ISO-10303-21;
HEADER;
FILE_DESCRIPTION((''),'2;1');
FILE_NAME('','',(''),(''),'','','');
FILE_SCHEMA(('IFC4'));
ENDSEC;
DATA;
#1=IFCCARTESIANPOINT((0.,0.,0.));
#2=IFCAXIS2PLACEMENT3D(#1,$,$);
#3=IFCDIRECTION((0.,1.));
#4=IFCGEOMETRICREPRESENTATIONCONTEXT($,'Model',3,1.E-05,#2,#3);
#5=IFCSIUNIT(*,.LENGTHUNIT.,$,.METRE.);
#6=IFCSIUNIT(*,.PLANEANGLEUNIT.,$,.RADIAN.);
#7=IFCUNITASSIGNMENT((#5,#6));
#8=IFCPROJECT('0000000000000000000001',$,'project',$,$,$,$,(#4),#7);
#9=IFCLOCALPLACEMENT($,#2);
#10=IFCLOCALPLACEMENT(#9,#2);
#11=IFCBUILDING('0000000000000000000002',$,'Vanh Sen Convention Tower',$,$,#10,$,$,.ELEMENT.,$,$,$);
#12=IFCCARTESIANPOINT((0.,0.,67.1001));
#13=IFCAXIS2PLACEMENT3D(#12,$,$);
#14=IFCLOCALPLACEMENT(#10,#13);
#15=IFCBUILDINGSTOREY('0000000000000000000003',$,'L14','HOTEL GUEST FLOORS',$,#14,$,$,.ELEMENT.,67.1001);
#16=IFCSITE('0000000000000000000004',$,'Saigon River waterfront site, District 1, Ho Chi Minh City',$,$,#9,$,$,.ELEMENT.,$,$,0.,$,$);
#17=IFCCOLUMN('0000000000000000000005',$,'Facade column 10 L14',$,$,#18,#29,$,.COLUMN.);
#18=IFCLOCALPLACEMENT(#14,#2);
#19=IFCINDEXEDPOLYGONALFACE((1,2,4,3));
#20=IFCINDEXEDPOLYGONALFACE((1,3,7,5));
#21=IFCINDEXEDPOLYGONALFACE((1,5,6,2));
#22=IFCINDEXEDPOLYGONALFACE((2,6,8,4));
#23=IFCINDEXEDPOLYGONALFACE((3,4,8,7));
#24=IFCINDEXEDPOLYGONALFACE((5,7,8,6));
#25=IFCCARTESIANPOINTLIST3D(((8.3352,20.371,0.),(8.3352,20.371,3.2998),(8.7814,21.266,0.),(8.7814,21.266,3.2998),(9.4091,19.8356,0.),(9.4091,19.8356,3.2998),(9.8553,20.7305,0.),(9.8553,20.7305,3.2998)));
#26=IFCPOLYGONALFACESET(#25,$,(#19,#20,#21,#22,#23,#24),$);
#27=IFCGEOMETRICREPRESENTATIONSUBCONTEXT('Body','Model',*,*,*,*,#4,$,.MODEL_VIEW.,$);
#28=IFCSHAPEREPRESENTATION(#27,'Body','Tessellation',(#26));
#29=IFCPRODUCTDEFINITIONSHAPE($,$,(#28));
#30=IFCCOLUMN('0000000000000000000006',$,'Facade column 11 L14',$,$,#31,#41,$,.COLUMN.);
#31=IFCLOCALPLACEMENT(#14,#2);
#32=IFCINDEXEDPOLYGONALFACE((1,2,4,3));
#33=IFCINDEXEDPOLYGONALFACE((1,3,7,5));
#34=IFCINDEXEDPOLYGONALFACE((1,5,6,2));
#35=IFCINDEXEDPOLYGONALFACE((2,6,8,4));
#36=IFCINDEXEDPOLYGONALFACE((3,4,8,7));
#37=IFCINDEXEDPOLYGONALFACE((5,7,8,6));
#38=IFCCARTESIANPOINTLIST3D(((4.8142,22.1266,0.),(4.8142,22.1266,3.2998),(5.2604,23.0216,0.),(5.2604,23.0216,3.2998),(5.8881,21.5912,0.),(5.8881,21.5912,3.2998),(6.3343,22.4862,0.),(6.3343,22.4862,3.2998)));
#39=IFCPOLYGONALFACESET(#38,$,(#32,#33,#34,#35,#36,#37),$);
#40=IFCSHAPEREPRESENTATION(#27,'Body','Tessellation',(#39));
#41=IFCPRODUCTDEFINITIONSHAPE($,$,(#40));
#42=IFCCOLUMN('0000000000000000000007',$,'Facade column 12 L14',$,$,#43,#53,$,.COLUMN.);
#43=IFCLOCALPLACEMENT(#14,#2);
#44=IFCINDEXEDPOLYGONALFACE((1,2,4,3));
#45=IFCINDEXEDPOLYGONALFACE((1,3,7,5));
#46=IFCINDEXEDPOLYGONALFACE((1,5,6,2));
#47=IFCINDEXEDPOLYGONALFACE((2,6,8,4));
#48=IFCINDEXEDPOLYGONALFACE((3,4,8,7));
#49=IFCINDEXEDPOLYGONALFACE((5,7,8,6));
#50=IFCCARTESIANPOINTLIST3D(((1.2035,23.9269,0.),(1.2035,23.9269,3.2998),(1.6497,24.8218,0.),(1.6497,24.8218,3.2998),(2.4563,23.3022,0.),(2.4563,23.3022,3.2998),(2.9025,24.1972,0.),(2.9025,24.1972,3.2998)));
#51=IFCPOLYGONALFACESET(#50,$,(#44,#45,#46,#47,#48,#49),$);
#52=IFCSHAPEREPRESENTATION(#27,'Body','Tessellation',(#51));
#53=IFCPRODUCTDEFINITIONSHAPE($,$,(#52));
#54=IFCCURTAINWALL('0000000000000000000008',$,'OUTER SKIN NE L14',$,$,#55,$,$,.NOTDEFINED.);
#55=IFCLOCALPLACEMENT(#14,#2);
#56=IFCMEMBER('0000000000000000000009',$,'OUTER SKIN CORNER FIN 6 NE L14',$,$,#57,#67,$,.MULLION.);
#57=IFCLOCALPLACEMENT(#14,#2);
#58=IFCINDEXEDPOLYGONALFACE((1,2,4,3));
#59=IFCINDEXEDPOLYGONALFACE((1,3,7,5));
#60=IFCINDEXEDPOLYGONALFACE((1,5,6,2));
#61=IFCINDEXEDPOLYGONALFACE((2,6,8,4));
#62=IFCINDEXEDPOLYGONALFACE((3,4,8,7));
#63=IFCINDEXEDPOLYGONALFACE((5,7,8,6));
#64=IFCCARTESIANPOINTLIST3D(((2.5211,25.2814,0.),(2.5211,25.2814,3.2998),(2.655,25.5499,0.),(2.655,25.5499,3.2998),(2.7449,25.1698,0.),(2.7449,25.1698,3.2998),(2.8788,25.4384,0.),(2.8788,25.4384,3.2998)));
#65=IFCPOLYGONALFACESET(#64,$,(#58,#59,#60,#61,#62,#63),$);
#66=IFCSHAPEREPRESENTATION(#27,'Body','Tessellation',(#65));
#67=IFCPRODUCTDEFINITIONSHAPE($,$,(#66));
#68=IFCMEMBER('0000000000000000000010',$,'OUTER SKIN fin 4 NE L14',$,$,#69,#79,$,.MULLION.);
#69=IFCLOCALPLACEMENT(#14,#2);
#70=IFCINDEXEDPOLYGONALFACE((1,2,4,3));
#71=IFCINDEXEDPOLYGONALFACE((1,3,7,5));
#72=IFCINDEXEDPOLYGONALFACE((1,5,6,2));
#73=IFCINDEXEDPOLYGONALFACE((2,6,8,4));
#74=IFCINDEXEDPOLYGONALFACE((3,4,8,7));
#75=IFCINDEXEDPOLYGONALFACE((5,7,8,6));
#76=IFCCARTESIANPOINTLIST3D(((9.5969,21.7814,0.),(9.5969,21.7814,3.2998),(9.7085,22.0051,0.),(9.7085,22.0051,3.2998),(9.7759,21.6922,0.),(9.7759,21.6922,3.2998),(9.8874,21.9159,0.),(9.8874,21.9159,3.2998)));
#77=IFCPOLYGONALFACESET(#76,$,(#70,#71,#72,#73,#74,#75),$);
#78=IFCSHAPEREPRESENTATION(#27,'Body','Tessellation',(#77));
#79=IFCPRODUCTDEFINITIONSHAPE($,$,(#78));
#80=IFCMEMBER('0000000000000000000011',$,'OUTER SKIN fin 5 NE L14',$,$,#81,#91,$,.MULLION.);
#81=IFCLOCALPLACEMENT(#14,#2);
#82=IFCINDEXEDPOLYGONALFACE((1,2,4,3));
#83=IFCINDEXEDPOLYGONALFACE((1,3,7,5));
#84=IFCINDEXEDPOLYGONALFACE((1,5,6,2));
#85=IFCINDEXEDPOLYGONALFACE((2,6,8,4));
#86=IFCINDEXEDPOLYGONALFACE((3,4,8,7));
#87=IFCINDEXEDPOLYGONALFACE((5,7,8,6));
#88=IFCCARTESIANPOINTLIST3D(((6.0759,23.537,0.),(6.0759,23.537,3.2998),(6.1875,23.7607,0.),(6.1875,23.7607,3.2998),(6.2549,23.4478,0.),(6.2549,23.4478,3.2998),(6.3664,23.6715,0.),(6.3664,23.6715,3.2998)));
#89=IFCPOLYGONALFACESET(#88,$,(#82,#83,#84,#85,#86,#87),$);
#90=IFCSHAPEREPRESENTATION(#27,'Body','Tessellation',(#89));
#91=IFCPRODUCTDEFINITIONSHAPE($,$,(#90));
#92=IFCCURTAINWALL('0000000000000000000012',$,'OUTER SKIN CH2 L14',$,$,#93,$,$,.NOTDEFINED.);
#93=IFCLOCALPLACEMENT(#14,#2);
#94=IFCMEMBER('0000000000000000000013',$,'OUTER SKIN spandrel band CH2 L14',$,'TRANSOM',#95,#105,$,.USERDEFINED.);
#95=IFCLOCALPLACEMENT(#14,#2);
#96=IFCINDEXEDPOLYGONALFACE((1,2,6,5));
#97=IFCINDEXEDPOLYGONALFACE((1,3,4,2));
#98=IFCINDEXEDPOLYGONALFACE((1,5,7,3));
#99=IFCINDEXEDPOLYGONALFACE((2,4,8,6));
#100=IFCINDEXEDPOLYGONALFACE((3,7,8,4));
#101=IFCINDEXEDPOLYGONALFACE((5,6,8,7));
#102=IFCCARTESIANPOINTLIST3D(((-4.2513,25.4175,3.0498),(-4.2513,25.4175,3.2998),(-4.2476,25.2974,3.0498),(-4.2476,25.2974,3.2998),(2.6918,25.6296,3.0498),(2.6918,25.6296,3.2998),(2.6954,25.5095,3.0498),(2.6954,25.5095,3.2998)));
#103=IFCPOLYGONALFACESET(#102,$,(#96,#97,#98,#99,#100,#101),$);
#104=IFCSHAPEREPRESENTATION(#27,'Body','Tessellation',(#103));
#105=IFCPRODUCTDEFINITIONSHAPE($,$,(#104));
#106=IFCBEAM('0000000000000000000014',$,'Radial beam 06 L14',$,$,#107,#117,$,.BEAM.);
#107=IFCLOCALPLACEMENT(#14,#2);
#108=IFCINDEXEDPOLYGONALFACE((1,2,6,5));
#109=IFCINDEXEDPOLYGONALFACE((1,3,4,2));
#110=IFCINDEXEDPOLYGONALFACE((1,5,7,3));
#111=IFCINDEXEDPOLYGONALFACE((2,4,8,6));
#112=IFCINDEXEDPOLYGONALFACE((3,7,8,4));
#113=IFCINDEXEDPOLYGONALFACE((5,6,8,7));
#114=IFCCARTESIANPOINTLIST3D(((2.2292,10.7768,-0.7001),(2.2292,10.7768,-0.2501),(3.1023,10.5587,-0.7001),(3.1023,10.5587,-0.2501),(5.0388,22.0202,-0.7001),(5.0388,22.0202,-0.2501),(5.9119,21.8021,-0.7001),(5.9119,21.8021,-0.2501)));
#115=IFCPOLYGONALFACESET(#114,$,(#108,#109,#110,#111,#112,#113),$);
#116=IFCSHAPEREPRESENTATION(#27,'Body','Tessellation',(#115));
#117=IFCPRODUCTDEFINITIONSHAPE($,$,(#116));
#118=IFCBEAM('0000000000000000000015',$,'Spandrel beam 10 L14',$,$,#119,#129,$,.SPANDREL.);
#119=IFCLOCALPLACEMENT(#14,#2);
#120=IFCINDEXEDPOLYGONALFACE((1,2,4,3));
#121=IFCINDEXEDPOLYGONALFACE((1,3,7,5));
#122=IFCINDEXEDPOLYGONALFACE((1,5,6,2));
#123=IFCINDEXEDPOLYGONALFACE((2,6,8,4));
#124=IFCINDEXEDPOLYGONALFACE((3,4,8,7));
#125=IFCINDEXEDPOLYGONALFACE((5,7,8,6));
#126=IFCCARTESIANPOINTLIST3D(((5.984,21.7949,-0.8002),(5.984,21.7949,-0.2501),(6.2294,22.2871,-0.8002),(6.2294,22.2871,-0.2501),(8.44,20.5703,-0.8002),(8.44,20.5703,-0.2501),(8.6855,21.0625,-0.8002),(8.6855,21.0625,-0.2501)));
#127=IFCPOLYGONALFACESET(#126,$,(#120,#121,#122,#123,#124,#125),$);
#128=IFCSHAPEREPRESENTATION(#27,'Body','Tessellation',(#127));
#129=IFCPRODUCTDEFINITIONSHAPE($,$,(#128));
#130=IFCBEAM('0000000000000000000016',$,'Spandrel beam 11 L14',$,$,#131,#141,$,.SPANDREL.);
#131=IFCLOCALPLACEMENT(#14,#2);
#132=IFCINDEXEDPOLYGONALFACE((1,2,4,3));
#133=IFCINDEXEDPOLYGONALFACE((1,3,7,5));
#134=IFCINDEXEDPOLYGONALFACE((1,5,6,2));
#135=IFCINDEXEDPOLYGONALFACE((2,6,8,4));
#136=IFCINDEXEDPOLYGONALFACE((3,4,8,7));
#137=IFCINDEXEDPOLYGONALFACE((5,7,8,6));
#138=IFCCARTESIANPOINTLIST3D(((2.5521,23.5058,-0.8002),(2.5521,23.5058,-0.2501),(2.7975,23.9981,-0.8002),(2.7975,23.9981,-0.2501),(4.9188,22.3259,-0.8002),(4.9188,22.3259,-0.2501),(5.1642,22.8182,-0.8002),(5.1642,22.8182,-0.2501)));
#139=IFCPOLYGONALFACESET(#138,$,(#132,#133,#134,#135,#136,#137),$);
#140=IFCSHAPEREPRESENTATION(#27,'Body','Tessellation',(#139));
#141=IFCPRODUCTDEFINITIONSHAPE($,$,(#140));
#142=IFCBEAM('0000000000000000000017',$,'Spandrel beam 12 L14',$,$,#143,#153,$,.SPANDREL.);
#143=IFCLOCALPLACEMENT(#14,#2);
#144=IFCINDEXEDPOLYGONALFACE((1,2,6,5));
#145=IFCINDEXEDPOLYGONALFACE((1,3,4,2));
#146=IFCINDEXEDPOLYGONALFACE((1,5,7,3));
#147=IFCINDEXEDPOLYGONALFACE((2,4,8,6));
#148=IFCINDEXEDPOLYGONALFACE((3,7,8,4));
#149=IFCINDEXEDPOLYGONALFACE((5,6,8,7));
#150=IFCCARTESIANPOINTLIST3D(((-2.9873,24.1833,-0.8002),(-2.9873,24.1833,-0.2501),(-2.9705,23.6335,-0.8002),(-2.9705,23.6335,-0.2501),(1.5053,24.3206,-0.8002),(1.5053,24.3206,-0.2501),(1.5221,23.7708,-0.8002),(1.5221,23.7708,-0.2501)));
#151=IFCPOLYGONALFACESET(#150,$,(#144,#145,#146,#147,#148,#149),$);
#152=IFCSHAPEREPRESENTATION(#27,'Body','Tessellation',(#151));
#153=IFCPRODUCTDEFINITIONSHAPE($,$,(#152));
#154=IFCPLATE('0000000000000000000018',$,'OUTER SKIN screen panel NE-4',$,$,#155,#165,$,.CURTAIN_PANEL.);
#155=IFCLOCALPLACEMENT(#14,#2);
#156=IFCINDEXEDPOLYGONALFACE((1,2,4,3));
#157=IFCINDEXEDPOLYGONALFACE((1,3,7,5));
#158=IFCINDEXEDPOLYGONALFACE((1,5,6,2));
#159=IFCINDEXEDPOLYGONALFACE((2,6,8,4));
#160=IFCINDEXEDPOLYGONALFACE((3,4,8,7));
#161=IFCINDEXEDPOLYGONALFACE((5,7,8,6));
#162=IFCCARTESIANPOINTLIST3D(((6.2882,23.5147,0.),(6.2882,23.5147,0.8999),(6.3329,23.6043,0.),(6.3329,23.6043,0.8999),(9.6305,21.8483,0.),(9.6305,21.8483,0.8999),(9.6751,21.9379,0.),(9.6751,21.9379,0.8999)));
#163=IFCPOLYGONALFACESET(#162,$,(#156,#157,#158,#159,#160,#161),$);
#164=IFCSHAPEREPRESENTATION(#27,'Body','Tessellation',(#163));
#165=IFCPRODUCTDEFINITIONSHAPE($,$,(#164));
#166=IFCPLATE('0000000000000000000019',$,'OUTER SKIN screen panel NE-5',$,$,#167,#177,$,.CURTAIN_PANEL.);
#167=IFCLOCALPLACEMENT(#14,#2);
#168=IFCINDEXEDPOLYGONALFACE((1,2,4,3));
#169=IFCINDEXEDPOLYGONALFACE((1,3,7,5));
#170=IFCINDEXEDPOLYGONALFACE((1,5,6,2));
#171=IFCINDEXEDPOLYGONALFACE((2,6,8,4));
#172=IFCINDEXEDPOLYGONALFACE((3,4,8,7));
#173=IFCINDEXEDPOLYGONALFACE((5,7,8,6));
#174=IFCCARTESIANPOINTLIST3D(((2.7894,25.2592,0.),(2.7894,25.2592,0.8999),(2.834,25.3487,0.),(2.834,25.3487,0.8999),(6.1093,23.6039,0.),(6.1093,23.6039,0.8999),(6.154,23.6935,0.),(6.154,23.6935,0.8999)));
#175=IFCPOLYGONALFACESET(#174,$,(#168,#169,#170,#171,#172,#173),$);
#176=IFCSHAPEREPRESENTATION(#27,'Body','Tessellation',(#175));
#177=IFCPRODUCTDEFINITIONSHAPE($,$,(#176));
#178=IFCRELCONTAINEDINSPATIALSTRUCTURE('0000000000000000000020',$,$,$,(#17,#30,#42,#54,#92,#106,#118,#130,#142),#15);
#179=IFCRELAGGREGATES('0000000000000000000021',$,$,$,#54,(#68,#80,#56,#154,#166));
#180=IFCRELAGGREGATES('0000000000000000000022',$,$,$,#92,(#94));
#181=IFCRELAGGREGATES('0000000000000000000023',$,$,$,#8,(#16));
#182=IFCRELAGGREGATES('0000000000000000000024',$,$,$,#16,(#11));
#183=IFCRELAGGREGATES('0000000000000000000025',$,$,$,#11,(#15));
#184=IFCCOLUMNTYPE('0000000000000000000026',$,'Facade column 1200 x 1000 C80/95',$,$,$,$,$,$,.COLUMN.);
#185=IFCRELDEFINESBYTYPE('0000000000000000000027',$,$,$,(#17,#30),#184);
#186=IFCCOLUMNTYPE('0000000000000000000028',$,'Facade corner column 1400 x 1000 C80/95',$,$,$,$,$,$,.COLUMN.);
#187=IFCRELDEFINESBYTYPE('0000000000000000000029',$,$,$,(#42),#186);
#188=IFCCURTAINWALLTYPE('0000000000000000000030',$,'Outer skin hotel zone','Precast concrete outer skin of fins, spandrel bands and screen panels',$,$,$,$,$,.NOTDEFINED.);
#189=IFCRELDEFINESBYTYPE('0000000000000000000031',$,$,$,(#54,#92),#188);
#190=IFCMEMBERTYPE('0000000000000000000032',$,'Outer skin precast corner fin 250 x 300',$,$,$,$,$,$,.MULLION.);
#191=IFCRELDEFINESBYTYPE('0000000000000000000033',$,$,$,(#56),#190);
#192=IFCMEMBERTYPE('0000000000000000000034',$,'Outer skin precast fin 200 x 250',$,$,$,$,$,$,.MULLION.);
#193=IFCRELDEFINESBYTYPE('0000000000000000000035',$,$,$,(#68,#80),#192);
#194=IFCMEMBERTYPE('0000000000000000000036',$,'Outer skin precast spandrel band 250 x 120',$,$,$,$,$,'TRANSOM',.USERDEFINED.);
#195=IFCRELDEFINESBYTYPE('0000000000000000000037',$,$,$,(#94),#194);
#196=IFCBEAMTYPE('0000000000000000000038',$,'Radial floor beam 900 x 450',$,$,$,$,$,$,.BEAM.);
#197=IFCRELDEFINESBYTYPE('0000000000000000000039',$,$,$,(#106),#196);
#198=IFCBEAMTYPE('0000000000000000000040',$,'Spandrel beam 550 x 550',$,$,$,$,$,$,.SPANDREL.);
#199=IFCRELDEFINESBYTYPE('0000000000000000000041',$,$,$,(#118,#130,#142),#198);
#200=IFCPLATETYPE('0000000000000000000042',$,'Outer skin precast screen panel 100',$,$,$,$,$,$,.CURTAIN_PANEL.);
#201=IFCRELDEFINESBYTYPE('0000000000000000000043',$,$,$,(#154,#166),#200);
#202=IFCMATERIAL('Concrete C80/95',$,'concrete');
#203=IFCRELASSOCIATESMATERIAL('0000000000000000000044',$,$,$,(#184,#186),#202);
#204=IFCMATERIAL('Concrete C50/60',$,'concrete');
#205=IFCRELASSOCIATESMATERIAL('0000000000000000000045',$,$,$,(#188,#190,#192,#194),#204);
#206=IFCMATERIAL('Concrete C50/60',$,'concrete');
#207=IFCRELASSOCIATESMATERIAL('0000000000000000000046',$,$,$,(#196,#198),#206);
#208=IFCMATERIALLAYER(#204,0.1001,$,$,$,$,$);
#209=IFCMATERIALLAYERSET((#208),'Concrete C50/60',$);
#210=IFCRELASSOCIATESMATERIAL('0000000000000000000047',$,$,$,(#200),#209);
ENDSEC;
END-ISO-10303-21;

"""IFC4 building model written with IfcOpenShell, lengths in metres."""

from ifc_helpers import new_model, si_unit, direction, frame, origin, origin_2d, place, context, subcontext, project, spatial, rectangle, extrude, material, layer, layer_set, material_profile, profile_set, type_object, element, aggregate, save


model = new_model("IFC4")

# Units and contexts
model_context = context("Model", 3, precision=1e-05, world=origin(), true_north=direction((0.0, 1.0)))
body_context = subcontext(model_context, "Body", "Model", "MODEL_VIEW")
ifc_project = project(units=[si_unit("LENGTHUNIT", "METRE"), si_unit("PLANEANGLEUNIT", "RADIAN")], contexts=[model_context])

# Site, building, storey
site_placement = place(None, origin())
site = spatial("IfcSite", under=ifc_project, at=site_placement, Name="Saigon River waterfront site, District 1, Ho Chi Minh City", CompositionType="ELEMENT", RefElevation=0.0)
building_placement = place(site_placement, origin())
building = spatial("IfcBuilding", under=site, at=building_placement, Name="Vanh Sen Convention Tower", CompositionType="ELEMENT")
storey_placement = place(building_placement, frame((0.0, 0.0, 67.1001)))
storey = spatial("IfcBuildingStorey", under=building, at=storey_placement, Name="L14", Description="HOTEL GUEST FLOORS", CompositionType="ELEMENT", Elevation=67.1001)

# Columns
ifc_material_1 = material(Name="Concrete C80/95", Category="concrete")
ifc_material_profile_1 = material_profile(ifc_material_1, rectangle(XDim=1.2, YDim=1.0, at=origin_2d()), Name="RC 1200X1000")
ifc_profile_set_1 = profile_set([ifc_material_profile_1], Name="Concrete C80/95")
column_type_1 = type_object("IfcColumnType", Name="Facade column 1200 x 1000 C80/95", PredefinedType="COLUMN", material=ifc_profile_set_1)
for number, where, z_axis, x_axis, name in (
    (1, (9.0952, 20.5508, 0.0), (0.0, 0.0, 1.0), (-0.894934, 0.446198, 0.0), "Facade column 10 L14"),
    (2, (5.5742, 22.3064, 0.0), (0.0, 0.0, 1.0), (-0.894934, 0.446198, 0.0), "Facade column 11 L14"),
):
    element("IfcColumn", number, at=place(storey_placement, frame(where, z_axis=z_axis, x_axis=x_axis)), inside=storey, type_object=column_type_1, Name=name, PredefinedType="COLUMN", context=body_context, shape_type="SweptSolid", body=[
        extrude(rectangle(XDim=1.2, YDim=1.0, at=origin_2d()), origin(), (0.0, 0.0, 1.0), 3.2998),
    ])
ifc_material_profile_2 = material_profile(ifc_material_1, rectangle(XDim=1.3999, YDim=1.0, at=origin_2d()), Name="RC 1400X1000")
ifc_profile_set_2 = profile_set([ifc_material_profile_2], Name="Concrete C80/95")
column_type_2 = type_object("IfcColumnType", Name="Facade corner column 1400 x 1000 C80/95", PredefinedType="COLUMN", material=ifc_profile_set_2)
column_placement = place(storey_placement, frame((2.053, 24.062, 0.0), z_axis=(0.0, 0.0, 1.0), x_axis=(-0.894934, 0.446198, 0.0)))
element("IfcColumn", 3, at=column_placement, inside=storey, type_object=column_type_2, Name="Facade column 12 L14", PredefinedType="COLUMN", context=body_context, shape_type="SweptSolid", body=[
    extrude(rectangle(XDim=1.3999, YDim=1.0, at=origin_2d()), origin(), (0.0, 0.0, 1.0), 3.2998),
])

# Curtain wall, members
ifc_material_2 = material(Name="Concrete C50/60", Category="concrete")
curtain_wall_type = type_object("IfcCurtainWallType", Name="Outer skin hotel zone", Description="Precast concrete outer skin of fins, spandrel bands and screen panels", PredefinedType="NOTDEFINED", material=ifc_material_2)
curtain_wall_1_placement = place(storey_placement, origin())
curtain_wall_1 = element("IfcCurtainWall", 4, at=curtain_wall_1_placement, inside=storey, type_object=curtain_wall_type, Name="OUTER SKIN NE L14", PredefinedType="NOTDEFINED")
ifc_material_profile_3 = material_profile(ifc_material_2, rectangle(XDim=0.25, YDim=0.3, at=origin_2d()), Name="Outer skin precast corner fin 250 x 300")
ifc_profile_set_3 = profile_set([ifc_material_profile_3], Name="Concrete C50/60")
member_type_1 = type_object("IfcMemberType", Name="Outer skin precast corner fin 250 x 300", PredefinedType="MULLION", material=ifc_profile_set_3)
member_1_placement = place(storey_placement, frame((2.7, 25.3599, 0.0), z_axis=(0.0, 0.0, 1.0), x_axis=(-0.894934, 0.446198, 0.0)))
member_1 = element("IfcMember", 5, at=member_1_placement, type_object=member_type_1, Name="OUTER SKIN CORNER FIN 6 NE L14", PredefinedType="MULLION", context=body_context, shape_type="SweptSolid", body=[
    extrude(rectangle(XDim=0.25, YDim=0.3, at=origin_2d()), origin(), (0.0, 0.0, 1.0), 3.2998),
])
ifc_material_profile_4 = material_profile(ifc_material_2, rectangle(XDim=0.2, YDim=0.25, at=origin_2d()), Name="Outer skin precast fin 200 x 250")
ifc_profile_set_4 = profile_set([ifc_material_profile_4], Name="Concrete C50/60")
member_type_2 = type_object("IfcMemberType", Name="Outer skin precast fin 200 x 250", PredefinedType="MULLION", material=ifc_profile_set_4)
member_2_placement = place(storey_placement, frame((9.7422, 21.8486, 0.0), z_axis=(0.0, 0.0, 1.0), x_axis=(-0.894934, 0.446198, 0.0)))
member_2 = element("IfcMember", 6, at=member_2_placement, type_object=member_type_2, Name="OUTER SKIN fin 4 NE L14", PredefinedType="MULLION", context=body_context, shape_type="SweptSolid", body=[
    extrude(rectangle(XDim=0.2, YDim=0.25, at=origin_2d()), origin(), (0.0, 0.0, 1.0), 3.2998),
])
member_3_placement = place(storey_placement, frame((6.2212, 23.6042, 0.0), z_axis=(0.0, 0.0, 1.0), x_axis=(-0.894934, 0.446198, 0.0)))
member_3 = element("IfcMember", 7, at=member_3_placement, type_object=member_type_2, Name="OUTER SKIN fin 5 NE L14", PredefinedType="MULLION", context=body_context, shape_type="SweptSolid", body=[
    extrude(rectangle(XDim=0.2, YDim=0.25, at=origin_2d()), origin(), (0.0, 0.0, 1.0), 3.2998),
])

# Curtain wall, member
curtain_wall_2_placement = place(storey_placement, origin())
curtain_wall_2 = element("IfcCurtainWall", 8, at=curtain_wall_2_placement, inside=storey, type_object=curtain_wall_type, Name="OUTER SKIN CH2 L14", PredefinedType="NOTDEFINED")
ifc_material_profile_5 = material_profile(ifc_material_2, rectangle(XDim=0.1201, YDim=0.25, at=origin_2d()), Name="Outer skin precast spandrel band 250 x 120")
ifc_profile_set_5 = profile_set([ifc_material_profile_5], Name="Concrete C50/60")
member_type_3 = type_object("IfcMemberType", Name="Outer skin precast spandrel band 250 x 120", ElementType="TRANSOM", PredefinedType="USERDEFINED", material=ifc_profile_set_5)
member_4_placement = place(storey_placement, frame((2.6936, 25.5696, 3.1748), z_axis=(-0.999533, -0.030542, 0.0), x_axis=(0.030542, -0.999533, 0.0)))
member_4 = element("IfcMember", 9, at=member_4_placement, type_object=member_type_3, Name="OUTER SKIN spandrel band CH2 L14", ObjectType="TRANSOM", PredefinedType="USERDEFINED", context=body_context, shape_type="SweptSolid", body=[
    extrude(rectangle(XDim=0.1201, YDim=0.25, at=origin_2d()), origin(), (0.0, 0.0, 1.0), 6.9463),
])

# Beams
ifc_material_3 = material(Name="Concrete C50/60", Category="concrete")
ifc_material_profile_6 = material_profile(ifc_material_3, rectangle(XDim=0.8999, YDim=0.45, at=origin_2d()), Name="RC 900X450")
ifc_profile_set_6 = profile_set([ifc_material_profile_6], Name="Concrete C50/60")
beam_type_1 = type_object("IfcBeamType", Name="Radial floor beam 900 x 450", PredefinedType="BEAM", material=ifc_profile_set_6)
beam_1_placement = place(storey_placement, frame((5.4753, 21.9111, -0.4751), z_axis=(-0.242432, -0.970169, 0.0), x_axis=(0.970169, -0.242432, 0.0)))
element("IfcBeam", 10, at=beam_1_placement, inside=storey, type_object=beam_type_1, Name="Radial beam 06 L14", PredefinedType="BEAM", context=body_context, shape_type="SweptSolid", body=[
    extrude(rectangle(XDim=0.8999, YDim=0.45, at=origin_2d()), origin(), (0.0, 0.0, 1.0), 11.5891),
])
ifc_material_profile_7 = material_profile(ifc_material_3, rectangle(XDim=0.55, YDim=0.55, at=origin_2d()), Name="RC 550X550")
ifc_profile_set_7 = profile_set([ifc_material_profile_7], Name="Concrete C50/60")
beam_type_2 = type_object("IfcBeamType", Name="Spandrel beam 550 x 550", PredefinedType="SPANDREL", material=ifc_profile_set_7)
beam_2_placement = place(storey_placement, frame((8.5627, 20.8164, -0.5251), z_axis=(-0.894925, 0.446217, 0.0), x_axis=(-0.446217, -0.894925, 0.0)))
element("IfcBeam", 11, at=beam_2_placement, inside=storey, type_object=beam_type_2, Name="Spandrel beam 10 L14", PredefinedType="SPANDREL", context=body_context, shape_type="SweptSolid", body=[
    extrude(rectangle(XDim=0.55, YDim=0.55, at=origin_2d()), origin(), (0.0, 0.0, 1.0), 2.7444),
])
beam_3_placement = place(storey_placement, frame((5.0415, 22.572, -0.5251), z_axis=(-0.894944, 0.446179, 0.0), x_axis=(-0.446179, -0.894944, 0.0)))
element("IfcBeam", 12, at=beam_3_placement, inside=storey, type_object=beam_type_2, Name="Spandrel beam 11 L14", PredefinedType="SPANDREL", context=body_context, shape_type="SweptSolid", body=[
    extrude(rectangle(XDim=0.55, YDim=0.55, at=origin_2d()), origin(), (0.0, 0.0, 1.0), 2.6445),
])
beam_4_placement = place(storey_placement, frame((1.5137, 24.0457, -0.5251), z_axis=(-0.999534, -0.030528, 0.0), x_axis=(0.030528, -0.999534, 0.0)))
element("IfcBeam", 13, at=beam_4_placement, inside=storey, type_object=beam_type_2, Name="Spandrel beam 12 L14", PredefinedType="SPANDREL", context=body_context, shape_type="SweptSolid", body=[
    extrude(rectangle(XDim=0.55, YDim=0.55, at=origin_2d()), origin(), (0.0, 0.0, 1.0), 4.4946),
])

# Plates
ifc_layer_1 = layer(ifc_material_2, 0.1001)
ifc_layer_set_1 = layer_set([ifc_layer_1], Name="Concrete C50/60")
plate_type = type_object("IfcPlateType", Name="Outer skin precast screen panel 100", PredefinedType="CURTAIN_PANEL", material=ifc_layer_set_1)
plate_1_placement = place(storey_placement, frame((7.9817, 22.7263, 0.0), z_axis=(0.0, 0.0, 1.0), x_axis=(-0.894935, 0.446196, 0.0)))
plate_1 = element("IfcPlate", 14, at=plate_1_placement, type_object=plate_type, Name="OUTER SKIN screen panel NE-4", PredefinedType="CURTAIN_PANEL", context=body_context, shape_type="SweptSolid", body=[
    extrude(rectangle(XDim=3.7346, YDim=0.1001, at=origin_2d()), origin(), (0.0, 0.0, 1.0), 0.8999),
])
plate_2_placement = place(storey_placement, frame((4.4717, 24.4763, 0.0), z_axis=(0.0, 0.0, 1.0), x_axis=(-0.894935, 0.446196, 0.0)))
plate_2 = element("IfcPlate", 15, at=plate_2_placement, type_object=plate_type, Name="OUTER SKIN screen panel NE-5", PredefinedType="CURTAIN_PANEL", context=body_context, shape_type="SweptSolid", body=[
    extrude(rectangle(XDim=3.7097, YDim=0.1001, at=origin_2d()), origin(), (0.0, 0.0, 1.0), 0.8999),
])
aggregate(curtain_wall_1, [member_2, member_3, member_1, plate_1, plate_2])
aggregate(curtain_wall_2, [member_4])

save(model, "model.ifc")
